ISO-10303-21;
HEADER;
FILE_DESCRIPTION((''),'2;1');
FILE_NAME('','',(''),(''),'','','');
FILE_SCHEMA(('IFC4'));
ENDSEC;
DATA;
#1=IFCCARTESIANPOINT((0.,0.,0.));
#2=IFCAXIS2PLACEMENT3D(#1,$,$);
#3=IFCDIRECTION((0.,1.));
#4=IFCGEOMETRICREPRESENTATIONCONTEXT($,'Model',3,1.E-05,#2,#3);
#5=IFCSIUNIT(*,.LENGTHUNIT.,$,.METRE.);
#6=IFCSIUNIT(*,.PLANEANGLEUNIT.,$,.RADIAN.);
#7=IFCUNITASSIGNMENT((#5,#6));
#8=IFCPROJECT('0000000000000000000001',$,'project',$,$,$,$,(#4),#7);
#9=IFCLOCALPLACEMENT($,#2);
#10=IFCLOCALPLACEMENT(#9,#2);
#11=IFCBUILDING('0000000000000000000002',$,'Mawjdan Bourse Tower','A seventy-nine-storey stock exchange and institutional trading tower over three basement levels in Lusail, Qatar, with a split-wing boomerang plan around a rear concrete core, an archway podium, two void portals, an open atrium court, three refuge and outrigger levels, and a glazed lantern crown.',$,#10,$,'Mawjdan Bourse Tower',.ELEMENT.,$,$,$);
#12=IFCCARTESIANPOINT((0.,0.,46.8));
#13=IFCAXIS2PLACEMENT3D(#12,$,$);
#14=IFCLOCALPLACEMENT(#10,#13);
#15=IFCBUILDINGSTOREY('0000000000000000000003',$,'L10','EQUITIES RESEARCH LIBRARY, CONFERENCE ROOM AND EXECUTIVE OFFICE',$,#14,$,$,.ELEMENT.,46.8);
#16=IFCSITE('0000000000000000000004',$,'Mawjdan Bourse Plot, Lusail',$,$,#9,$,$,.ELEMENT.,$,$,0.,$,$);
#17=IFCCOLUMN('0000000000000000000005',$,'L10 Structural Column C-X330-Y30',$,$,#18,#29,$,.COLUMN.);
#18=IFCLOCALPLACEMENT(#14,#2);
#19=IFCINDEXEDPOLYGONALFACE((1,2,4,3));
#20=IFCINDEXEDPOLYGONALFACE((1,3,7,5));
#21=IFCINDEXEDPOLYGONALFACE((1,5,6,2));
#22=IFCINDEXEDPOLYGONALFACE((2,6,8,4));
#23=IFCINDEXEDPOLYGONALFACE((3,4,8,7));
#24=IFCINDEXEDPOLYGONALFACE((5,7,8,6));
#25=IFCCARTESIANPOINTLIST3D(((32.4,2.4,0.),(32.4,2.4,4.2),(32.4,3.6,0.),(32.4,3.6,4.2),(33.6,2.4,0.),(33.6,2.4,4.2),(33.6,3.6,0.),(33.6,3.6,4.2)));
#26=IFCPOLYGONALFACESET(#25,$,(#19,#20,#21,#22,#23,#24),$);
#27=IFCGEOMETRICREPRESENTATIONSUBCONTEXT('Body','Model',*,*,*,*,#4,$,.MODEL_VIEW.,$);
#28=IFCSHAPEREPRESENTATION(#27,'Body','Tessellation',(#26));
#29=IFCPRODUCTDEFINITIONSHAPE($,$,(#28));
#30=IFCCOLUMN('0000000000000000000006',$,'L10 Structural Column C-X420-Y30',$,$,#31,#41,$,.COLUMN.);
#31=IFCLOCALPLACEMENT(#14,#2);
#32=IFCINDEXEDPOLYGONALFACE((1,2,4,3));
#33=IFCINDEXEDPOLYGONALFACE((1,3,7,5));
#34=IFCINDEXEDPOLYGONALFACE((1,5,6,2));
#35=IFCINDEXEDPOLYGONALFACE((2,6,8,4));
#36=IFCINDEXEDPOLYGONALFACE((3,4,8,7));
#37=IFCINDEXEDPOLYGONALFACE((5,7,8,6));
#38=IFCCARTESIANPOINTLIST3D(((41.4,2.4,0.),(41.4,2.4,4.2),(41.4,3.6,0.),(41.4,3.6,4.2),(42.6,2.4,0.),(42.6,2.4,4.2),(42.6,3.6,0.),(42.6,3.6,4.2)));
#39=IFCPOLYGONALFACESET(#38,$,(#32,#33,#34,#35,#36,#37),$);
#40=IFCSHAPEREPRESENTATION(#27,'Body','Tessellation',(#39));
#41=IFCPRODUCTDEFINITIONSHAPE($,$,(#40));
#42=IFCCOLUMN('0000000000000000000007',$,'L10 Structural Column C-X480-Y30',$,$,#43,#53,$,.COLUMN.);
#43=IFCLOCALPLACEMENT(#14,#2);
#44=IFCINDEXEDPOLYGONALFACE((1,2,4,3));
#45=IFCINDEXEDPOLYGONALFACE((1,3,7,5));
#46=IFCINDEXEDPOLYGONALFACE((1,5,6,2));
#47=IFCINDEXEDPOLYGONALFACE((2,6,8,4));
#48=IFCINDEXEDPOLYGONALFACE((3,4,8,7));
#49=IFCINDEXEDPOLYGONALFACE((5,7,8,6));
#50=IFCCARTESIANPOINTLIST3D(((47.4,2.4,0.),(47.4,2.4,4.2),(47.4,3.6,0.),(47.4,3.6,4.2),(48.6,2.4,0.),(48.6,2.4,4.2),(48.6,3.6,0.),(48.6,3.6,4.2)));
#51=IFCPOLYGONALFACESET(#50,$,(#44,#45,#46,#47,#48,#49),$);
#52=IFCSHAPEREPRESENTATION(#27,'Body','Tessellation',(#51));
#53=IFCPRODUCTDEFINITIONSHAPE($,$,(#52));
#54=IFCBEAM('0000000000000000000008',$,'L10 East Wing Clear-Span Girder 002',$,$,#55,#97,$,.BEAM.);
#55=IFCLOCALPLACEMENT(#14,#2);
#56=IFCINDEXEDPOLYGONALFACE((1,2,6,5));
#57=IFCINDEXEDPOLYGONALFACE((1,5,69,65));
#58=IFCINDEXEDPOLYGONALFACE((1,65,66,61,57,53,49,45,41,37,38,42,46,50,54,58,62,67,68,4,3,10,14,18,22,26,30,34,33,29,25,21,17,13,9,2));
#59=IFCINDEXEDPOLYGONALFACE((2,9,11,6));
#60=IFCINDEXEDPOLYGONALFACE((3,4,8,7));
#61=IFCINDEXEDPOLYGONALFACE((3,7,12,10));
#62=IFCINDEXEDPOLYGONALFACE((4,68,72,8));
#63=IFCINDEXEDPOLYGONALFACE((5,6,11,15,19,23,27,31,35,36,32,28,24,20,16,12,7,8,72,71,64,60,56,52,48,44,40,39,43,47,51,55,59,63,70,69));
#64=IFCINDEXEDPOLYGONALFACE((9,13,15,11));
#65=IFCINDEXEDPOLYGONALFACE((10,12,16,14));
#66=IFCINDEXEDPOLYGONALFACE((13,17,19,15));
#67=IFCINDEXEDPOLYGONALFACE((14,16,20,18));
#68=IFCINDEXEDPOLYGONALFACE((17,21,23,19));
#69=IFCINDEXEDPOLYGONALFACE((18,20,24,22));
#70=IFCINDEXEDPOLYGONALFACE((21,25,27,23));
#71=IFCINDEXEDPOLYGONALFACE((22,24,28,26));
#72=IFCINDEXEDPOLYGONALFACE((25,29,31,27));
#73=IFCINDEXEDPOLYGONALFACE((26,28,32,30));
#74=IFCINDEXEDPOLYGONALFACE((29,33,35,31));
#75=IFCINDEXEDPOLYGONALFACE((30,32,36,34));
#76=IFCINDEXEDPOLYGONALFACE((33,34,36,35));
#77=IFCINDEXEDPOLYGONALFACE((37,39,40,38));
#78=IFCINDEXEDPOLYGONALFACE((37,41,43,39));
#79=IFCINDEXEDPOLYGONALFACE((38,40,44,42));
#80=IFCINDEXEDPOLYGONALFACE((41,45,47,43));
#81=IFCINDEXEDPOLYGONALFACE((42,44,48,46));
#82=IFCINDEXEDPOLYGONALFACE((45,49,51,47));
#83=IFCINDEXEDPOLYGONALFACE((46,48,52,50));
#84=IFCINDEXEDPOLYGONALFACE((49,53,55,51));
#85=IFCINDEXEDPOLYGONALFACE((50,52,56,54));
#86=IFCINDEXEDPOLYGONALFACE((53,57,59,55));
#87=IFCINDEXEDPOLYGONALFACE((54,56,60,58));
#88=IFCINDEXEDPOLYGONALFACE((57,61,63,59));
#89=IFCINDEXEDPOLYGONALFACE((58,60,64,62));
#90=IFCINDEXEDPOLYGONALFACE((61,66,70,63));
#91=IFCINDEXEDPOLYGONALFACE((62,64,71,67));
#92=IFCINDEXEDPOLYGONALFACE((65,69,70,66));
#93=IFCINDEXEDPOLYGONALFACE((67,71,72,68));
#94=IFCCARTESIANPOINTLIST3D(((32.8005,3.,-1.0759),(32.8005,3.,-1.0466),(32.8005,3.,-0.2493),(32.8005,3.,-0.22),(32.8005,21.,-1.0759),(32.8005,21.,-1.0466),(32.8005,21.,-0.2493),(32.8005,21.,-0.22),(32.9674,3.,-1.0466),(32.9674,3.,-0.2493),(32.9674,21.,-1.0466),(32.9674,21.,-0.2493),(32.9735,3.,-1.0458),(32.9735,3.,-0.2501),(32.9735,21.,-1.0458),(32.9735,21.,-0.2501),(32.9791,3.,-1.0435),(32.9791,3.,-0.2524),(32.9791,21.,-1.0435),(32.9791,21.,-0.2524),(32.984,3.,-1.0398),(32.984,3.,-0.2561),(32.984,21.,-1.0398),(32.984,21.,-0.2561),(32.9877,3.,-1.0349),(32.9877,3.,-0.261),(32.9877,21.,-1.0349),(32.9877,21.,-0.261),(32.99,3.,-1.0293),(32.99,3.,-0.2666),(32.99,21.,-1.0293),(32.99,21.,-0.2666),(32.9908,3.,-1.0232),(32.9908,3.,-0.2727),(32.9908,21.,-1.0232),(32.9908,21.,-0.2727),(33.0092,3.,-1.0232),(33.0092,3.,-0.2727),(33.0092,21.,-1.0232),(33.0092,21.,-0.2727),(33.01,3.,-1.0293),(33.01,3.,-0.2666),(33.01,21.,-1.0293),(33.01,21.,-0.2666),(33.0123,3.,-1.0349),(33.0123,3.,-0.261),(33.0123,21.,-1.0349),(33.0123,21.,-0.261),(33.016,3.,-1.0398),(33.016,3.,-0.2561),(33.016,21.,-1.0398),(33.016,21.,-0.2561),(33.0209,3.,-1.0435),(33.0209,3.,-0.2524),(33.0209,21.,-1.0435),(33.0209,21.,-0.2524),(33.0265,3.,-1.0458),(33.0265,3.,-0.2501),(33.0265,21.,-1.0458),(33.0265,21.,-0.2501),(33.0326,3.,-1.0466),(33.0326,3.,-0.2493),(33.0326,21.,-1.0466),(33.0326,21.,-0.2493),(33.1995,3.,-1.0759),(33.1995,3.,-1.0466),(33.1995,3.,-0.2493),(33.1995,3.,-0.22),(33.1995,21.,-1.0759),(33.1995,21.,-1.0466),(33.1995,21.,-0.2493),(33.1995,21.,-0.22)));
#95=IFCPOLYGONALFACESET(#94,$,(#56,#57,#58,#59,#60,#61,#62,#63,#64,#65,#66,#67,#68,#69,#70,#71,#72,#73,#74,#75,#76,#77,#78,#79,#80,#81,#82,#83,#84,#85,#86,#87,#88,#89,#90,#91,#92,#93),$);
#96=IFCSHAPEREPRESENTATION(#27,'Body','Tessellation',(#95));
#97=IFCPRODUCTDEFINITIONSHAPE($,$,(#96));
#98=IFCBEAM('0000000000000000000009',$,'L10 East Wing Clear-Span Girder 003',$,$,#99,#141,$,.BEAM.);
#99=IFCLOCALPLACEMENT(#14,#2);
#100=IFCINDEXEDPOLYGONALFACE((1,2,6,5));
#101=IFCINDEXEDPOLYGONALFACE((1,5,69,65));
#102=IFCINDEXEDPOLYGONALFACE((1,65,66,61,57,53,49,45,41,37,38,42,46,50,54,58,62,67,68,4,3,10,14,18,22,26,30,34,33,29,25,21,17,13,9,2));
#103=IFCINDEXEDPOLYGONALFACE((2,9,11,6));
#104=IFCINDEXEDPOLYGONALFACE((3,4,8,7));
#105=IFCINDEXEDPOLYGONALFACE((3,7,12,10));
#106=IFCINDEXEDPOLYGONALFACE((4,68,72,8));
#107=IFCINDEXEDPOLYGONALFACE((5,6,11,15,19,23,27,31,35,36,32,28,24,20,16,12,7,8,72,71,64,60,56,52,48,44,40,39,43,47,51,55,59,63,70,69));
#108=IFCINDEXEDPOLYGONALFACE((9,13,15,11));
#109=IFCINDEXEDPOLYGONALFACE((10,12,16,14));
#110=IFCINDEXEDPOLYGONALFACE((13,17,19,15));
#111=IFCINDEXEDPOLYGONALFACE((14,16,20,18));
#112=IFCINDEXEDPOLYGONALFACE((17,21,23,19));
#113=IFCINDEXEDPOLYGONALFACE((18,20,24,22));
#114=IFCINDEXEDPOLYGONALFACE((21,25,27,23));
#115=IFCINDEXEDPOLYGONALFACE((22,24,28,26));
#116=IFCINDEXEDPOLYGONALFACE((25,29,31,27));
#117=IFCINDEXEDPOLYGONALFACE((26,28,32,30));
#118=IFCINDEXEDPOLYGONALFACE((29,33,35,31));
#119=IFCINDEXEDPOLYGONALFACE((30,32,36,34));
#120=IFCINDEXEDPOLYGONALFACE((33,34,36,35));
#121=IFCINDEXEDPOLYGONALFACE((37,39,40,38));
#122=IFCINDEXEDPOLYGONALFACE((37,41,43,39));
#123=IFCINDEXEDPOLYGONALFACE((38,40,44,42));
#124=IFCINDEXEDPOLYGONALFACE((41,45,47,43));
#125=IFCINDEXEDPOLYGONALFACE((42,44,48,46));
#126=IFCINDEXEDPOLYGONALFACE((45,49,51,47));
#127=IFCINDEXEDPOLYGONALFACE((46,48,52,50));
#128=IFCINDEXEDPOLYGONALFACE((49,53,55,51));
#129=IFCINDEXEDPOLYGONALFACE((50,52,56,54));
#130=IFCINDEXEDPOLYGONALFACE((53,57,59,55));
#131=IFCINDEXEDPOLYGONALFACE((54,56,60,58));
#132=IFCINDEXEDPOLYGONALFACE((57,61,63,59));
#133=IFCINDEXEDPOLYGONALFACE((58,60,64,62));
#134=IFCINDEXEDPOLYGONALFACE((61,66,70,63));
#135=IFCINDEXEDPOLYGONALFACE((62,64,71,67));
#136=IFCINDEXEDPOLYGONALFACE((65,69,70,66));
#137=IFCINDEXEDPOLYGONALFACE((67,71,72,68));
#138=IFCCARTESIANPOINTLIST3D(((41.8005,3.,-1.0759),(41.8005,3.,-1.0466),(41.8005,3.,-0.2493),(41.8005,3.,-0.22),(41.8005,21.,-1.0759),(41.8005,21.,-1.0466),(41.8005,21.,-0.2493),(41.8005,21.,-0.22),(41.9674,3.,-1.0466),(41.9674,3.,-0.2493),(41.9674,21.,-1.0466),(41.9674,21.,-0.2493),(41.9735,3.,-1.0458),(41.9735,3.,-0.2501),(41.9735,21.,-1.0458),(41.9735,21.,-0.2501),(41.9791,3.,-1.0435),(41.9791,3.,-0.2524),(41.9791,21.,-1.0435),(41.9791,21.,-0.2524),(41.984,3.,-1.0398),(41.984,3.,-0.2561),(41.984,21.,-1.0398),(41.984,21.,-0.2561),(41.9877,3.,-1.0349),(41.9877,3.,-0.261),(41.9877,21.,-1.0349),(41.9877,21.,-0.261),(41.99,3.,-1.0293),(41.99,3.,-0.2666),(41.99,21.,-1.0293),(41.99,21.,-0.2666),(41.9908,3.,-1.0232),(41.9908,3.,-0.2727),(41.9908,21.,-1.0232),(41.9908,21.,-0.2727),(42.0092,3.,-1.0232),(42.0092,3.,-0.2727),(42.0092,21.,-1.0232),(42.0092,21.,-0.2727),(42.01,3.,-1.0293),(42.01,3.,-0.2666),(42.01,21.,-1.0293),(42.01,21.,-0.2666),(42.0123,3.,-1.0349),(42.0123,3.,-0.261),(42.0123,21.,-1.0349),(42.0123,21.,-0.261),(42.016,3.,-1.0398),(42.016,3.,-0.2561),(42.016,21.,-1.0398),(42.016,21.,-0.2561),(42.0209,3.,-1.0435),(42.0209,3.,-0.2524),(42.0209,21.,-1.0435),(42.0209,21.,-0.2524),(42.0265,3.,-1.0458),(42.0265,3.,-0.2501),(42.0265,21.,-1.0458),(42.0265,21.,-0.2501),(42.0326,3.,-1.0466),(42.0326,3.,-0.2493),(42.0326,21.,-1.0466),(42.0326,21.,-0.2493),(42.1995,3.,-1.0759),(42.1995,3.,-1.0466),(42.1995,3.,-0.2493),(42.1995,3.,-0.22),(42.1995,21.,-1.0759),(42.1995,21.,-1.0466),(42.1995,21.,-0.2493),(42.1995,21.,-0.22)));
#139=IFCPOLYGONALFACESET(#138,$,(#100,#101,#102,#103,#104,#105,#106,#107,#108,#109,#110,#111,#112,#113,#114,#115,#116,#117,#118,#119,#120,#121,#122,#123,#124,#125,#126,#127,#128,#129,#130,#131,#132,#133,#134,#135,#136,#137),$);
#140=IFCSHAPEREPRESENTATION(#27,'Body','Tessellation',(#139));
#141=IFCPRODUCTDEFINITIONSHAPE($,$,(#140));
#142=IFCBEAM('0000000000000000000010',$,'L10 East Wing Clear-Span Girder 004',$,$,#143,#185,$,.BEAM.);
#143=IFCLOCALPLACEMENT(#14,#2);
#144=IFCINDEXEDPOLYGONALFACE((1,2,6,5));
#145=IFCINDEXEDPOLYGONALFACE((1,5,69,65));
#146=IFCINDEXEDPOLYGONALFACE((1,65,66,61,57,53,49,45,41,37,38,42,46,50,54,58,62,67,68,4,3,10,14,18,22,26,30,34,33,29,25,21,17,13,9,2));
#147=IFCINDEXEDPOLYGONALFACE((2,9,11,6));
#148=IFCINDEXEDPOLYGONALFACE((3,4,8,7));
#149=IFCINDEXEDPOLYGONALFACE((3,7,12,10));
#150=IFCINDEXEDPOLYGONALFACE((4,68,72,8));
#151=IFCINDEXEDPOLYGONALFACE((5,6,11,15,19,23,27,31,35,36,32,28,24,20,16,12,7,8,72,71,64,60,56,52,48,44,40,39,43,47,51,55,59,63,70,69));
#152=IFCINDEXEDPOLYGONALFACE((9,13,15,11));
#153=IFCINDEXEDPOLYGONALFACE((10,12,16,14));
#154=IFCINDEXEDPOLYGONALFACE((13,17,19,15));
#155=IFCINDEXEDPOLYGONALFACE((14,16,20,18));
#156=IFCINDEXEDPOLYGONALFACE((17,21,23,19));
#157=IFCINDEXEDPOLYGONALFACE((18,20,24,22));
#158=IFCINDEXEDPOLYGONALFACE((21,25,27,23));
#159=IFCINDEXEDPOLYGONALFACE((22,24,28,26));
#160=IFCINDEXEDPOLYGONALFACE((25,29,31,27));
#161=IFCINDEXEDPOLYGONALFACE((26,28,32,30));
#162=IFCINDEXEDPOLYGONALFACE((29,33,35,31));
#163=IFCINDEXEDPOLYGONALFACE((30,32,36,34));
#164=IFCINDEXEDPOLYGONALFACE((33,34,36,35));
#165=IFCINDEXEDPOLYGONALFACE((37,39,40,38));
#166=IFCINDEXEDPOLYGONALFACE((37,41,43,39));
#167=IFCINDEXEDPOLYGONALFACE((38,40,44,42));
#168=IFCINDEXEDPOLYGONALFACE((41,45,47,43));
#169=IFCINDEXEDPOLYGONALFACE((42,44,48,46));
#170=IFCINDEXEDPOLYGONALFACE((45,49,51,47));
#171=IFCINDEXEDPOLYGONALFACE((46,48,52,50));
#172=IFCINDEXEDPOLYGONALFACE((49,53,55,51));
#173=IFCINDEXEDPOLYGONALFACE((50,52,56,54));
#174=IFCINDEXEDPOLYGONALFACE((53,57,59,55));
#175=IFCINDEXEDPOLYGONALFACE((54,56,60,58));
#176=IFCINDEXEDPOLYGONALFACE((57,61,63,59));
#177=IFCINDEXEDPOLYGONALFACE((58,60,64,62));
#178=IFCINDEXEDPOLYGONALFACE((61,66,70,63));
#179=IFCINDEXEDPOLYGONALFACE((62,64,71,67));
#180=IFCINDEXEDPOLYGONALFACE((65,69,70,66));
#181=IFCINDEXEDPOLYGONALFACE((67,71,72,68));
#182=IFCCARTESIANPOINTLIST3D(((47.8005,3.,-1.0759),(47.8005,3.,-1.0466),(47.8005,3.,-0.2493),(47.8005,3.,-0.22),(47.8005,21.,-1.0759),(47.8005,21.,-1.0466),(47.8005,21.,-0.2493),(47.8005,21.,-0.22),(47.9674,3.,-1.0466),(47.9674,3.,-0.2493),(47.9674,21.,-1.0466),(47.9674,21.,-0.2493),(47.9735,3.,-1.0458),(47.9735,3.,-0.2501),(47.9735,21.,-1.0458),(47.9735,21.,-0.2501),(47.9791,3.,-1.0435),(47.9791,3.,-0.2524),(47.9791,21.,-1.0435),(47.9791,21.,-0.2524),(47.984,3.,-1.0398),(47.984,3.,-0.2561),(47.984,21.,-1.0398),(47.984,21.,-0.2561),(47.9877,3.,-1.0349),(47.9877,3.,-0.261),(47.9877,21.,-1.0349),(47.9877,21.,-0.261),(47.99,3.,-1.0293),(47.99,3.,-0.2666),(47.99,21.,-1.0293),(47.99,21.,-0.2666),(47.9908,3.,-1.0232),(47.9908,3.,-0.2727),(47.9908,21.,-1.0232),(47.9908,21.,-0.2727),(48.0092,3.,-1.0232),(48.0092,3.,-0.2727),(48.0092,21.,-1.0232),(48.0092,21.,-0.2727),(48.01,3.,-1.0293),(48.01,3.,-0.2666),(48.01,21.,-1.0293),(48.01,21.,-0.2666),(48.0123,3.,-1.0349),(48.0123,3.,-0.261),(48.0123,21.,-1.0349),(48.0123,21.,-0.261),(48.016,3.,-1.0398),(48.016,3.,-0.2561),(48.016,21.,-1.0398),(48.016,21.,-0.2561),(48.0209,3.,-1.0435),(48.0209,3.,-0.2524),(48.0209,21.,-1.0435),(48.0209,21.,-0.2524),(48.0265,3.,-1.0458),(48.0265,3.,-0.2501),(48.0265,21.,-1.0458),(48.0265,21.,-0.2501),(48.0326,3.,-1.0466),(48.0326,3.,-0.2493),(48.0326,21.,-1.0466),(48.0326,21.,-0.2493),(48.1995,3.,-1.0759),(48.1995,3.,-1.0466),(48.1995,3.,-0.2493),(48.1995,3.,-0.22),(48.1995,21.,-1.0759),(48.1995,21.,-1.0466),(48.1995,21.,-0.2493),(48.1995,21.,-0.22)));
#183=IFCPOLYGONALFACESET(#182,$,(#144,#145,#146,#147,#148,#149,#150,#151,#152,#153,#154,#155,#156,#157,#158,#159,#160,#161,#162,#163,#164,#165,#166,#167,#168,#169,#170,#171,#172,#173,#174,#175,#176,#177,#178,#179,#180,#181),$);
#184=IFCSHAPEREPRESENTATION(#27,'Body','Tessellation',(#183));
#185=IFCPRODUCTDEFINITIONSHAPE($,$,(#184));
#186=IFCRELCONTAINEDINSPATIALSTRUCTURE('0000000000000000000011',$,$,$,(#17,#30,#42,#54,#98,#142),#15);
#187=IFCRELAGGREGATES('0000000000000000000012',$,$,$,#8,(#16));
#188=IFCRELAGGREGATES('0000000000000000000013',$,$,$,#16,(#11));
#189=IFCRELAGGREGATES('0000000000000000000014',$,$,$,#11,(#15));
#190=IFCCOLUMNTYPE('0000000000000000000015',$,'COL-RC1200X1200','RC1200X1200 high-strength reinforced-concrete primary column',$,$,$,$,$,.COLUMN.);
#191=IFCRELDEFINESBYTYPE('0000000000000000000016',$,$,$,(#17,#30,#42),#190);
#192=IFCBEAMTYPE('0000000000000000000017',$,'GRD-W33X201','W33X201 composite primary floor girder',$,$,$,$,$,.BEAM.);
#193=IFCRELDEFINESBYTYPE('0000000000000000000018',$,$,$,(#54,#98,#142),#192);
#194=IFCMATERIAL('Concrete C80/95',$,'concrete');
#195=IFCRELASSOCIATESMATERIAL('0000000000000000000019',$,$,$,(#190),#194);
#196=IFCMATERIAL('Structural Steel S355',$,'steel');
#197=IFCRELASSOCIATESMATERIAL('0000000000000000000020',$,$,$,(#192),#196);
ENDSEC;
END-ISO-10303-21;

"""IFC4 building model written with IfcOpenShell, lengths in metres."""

from ifc_helpers import new_model, si_unit, direction, frame, origin, origin_2d, place, context, subcontext, project, spatial, rectangle, i_section, extrude, material, material_profile, profile_set, type_object, element, save


model = new_model("IFC4")

# Units and contexts
model_context = context("Model", 3, precision=1e-05, world=origin(), true_north=direction((0.0, 1.0)))
body_context = subcontext(model_context, "Body", "Model", "MODEL_VIEW")
ifc_project = project(units=[si_unit("LENGTHUNIT", "METRE"), si_unit("PLANEANGLEUNIT", "RADIAN")], contexts=[model_context])

# Site, building, storey
site_placement = place(None, origin())
site = spatial("IfcSite", under=ifc_project, at=site_placement, Name="Mawjdan Bourse Plot, Lusail", CompositionType="ELEMENT", RefElevation=0.0)
building_placement = place(site_placement, origin())
building = spatial("IfcBuilding", under=site, at=building_placement, Name="Mawjdan Bourse Tower", Description="A seventy-nine-storey stock exchange and institutional trading tower over three basement levels in Lusail, Qatar, with a split-wing boomerang plan around a rear concrete core, an archway podium, two void portals, an open atrium court, three refuge and outrigger levels, and a glazed lantern crown.", LongName="Mawjdan Bourse Tower", CompositionType="ELEMENT")
storey_placement = place(building_placement, frame((0.0, 0.0, 46.8)))
storey = spatial("IfcBuildingStorey", under=building, at=storey_placement, Name="L10", Description="EQUITIES RESEARCH LIBRARY, CONFERENCE ROOM AND EXECUTIVE OFFICE", CompositionType="ELEMENT", Elevation=46.8)

# Columns
ifc_material_1 = material(Name="Concrete C80/95", Category="concrete")
ifc_material_profile_1 = material_profile(ifc_material_1, rectangle(XDim=1.2, YDim=1.2, at=origin_2d()), Name="RC1200X1200")
ifc_profile_set_1 = profile_set([ifc_material_profile_1], Name="Concrete C80/95")
column_type = type_object("IfcColumnType", Name="COL-RC1200X1200", Description="RC1200X1200 high-strength reinforced-concrete primary column", PredefinedType="COLUMN", material=ifc_profile_set_1)
for number, where, z_axis, x_axis, name in (
    (1, (33.0, 3.0, 0.0), (0.0, 0.0, 1.0), (1.0, 0.0, 0.0), "L10 Structural Column C-X330-Y30"),
    (2, (42.0, 3.0, 0.0), (0.0, 0.0, 1.0), (1.0, 0.0, 0.0), "L10 Structural Column C-X420-Y30"),
    (3, (48.0, 3.0, 0.0), (0.0, 0.0, 1.0), (1.0, 0.0, 0.0), "L10 Structural Column C-X480-Y30"),
):
    element("IfcColumn", number, at=place(storey_placement, frame(where, z_axis=z_axis, x_axis=x_axis)), inside=storey, type_object=column_type, Name=name, PredefinedType="COLUMN", context=body_context, shape_type="SweptSolid", body=[
        extrude(rectangle(XDim=1.2, YDim=1.2, at=origin_2d()), origin(), (0.0, 0.0, 1.0), 4.2),
    ])

# Beams
ifc_material_2 = material(Name="Structural Steel S355", Category="steel")
ifc_material_profile_2 = material_profile(ifc_material_2, i_section(OverallWidth=0.3989, OverallDepth=0.856, WebThickness=0.0183, FlangeThickness=0.0293, FilletRadius=0.0234, at=origin_2d()), Name="W33X201")
ifc_profile_set_2 = profile_set([ifc_material_profile_2], Name="Structural Steel S355")
beam_type_1 = type_object("IfcBeamType", Name="GRD-W33X201", Description="W33X201 composite primary floor girder", PredefinedType="BEAM", material=ifc_profile_set_2)
for number, where, z_axis, x_axis, name in (
    (4, (33.0, 3.0, -0.6479), (0.0, 1.0, 0.0), (-1.0, 0.0, 0.0), "L10 East Wing Clear-Span Girder 002"),
    (5, (42.0, 3.0, -0.6479), (0.0, 1.0, 0.0), (-1.0, 0.0, 0.0), "L10 East Wing Clear-Span Girder 003"),
    (6, (48.0, 3.0, -0.6479), (0.0, 1.0, 0.0), (-1.0, 0.0, 0.0), "L10 East Wing Clear-Span Girder 004"),
):
    element("IfcBeam", number, at=place(storey_placement, frame(where, z_axis=z_axis, x_axis=x_axis)), inside=storey, type_object=beam_type_1, Name=name, PredefinedType="BEAM", context=body_context, shape_type="SweptSolid", body=[
        extrude(i_section(OverallWidth=0.3989, OverallDepth=0.856, WebThickness=0.0183, FlangeThickness=0.0293, FilletRadius=0.0234, at=origin_2d()), origin(), (0.0, 0.0, 1.0), 18.0),
    ])

save(model, "model.ifc")
